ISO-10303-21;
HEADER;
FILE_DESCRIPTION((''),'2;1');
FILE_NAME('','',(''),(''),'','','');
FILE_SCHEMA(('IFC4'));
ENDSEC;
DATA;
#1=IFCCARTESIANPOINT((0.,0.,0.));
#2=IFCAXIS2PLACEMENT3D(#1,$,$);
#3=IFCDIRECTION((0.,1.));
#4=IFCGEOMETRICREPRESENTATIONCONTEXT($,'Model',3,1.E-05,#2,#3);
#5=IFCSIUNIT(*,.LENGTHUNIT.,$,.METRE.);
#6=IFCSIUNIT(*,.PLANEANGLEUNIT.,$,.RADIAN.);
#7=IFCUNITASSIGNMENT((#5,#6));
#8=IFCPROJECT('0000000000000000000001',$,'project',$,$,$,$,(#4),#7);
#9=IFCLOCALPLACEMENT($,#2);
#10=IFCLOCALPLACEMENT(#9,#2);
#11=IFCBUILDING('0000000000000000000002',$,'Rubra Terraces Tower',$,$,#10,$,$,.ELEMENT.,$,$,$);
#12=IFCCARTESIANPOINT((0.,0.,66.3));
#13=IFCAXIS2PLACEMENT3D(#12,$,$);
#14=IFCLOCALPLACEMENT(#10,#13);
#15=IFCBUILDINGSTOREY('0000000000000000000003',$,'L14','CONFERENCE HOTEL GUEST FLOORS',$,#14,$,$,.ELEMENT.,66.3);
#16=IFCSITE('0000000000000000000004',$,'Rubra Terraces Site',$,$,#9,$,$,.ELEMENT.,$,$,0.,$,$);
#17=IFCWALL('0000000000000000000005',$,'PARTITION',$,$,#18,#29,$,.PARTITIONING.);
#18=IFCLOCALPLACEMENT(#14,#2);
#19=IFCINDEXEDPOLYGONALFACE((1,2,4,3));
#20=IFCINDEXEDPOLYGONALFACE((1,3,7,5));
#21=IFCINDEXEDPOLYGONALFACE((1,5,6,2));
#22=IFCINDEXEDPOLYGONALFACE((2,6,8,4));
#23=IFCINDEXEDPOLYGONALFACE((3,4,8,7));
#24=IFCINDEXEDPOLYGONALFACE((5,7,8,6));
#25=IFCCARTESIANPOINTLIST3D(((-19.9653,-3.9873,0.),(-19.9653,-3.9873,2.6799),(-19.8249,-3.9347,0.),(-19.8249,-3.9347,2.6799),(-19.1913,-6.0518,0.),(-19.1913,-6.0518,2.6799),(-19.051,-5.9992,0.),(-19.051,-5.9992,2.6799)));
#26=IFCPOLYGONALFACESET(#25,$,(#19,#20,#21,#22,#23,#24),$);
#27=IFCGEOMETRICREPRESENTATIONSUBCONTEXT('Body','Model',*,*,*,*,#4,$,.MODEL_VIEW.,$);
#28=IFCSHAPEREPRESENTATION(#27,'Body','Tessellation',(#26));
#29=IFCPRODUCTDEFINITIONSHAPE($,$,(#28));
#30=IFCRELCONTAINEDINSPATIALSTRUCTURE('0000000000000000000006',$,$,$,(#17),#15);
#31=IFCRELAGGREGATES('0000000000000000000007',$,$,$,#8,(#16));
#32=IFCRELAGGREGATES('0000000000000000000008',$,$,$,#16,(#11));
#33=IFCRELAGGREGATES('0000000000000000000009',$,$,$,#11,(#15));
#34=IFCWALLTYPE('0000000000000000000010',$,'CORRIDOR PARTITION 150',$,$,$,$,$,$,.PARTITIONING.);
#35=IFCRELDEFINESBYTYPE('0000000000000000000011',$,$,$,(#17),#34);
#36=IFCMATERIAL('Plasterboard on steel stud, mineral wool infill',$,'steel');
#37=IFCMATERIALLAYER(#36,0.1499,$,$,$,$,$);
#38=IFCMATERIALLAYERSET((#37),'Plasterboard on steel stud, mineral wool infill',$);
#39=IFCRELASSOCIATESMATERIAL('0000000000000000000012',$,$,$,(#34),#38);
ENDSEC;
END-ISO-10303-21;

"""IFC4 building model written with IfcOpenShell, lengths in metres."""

from ifc_helpers import new_model, si_unit, direction, frame, frame_2d, origin, place, context, subcontext, project, spatial, rectangle, extrude, material, layer, layer_set, type_object, element, save


model = new_model("IFC4")

# Units and contexts
model_context = context("Model", 3, precision=1e-05, world=origin(), true_north=direction((0.0, 1.0)))
body_context = subcontext(model_context, "Body", "Model", "MODEL_VIEW")
ifc_project = project(units=[si_unit("LENGTHUNIT", "METRE"), si_unit("PLANEANGLEUNIT", "RADIAN")], contexts=[model_context])

# Site, building, storey
site_placement = place(None, origin())
site = spatial("IfcSite", under=ifc_project, at=site_placement, Name="Rubra Terraces Site", CompositionType="ELEMENT", RefElevation=0.0)
building_placement = place(site_placement, origin())
building = spatial("IfcBuilding", under=site, at=building_placement, Name="Rubra Terraces Tower", CompositionType="ELEMENT")
storey_placement = place(building_placement, frame((0.0, 0.0, 66.3)))
storey = spatial("IfcBuildingStorey", under=building, at=storey_placement, Name="L14", Description="CONFERENCE HOTEL GUEST FLOORS", CompositionType="ELEMENT", Elevation=66.3)

# Wall
ifc_material_1 = material(Name="Plasterboard on steel stud, mineral wool infill", Category="steel")
ifc_layer_1 = layer(ifc_material_1, 0.1499)
ifc_layer_set_1 = layer_set([ifc_layer_1], Name="Plasterboard on steel stud, mineral wool infill")
wall_type_1 = type_object("IfcWallType", Name="CORRIDOR PARTITION 150", PredefinedType="PARTITIONING", material=ifc_layer_set_1)
wall_1_placement = place(storey_placement, frame((-19.1211, -6.0256, 0.0), z_axis=(0.0, 0.0, 1.0), x_axis=(-0.351026, 0.936366, 0.0)))
element("IfcWall", 1, at=wall_1_placement, inside=storey, type_object=wall_type_1, Name="PARTITION", PredefinedType="PARTITIONING", context=body_context, shape_type="SweptSolid", body=[
    extrude(rectangle(XDim=2.2048, YDim=0.1499, at=frame_2d((1.1025, 0.0))), origin(), (0.0, 0.0, 1.0), 2.6799),
])

save(model, "model.ifc")
